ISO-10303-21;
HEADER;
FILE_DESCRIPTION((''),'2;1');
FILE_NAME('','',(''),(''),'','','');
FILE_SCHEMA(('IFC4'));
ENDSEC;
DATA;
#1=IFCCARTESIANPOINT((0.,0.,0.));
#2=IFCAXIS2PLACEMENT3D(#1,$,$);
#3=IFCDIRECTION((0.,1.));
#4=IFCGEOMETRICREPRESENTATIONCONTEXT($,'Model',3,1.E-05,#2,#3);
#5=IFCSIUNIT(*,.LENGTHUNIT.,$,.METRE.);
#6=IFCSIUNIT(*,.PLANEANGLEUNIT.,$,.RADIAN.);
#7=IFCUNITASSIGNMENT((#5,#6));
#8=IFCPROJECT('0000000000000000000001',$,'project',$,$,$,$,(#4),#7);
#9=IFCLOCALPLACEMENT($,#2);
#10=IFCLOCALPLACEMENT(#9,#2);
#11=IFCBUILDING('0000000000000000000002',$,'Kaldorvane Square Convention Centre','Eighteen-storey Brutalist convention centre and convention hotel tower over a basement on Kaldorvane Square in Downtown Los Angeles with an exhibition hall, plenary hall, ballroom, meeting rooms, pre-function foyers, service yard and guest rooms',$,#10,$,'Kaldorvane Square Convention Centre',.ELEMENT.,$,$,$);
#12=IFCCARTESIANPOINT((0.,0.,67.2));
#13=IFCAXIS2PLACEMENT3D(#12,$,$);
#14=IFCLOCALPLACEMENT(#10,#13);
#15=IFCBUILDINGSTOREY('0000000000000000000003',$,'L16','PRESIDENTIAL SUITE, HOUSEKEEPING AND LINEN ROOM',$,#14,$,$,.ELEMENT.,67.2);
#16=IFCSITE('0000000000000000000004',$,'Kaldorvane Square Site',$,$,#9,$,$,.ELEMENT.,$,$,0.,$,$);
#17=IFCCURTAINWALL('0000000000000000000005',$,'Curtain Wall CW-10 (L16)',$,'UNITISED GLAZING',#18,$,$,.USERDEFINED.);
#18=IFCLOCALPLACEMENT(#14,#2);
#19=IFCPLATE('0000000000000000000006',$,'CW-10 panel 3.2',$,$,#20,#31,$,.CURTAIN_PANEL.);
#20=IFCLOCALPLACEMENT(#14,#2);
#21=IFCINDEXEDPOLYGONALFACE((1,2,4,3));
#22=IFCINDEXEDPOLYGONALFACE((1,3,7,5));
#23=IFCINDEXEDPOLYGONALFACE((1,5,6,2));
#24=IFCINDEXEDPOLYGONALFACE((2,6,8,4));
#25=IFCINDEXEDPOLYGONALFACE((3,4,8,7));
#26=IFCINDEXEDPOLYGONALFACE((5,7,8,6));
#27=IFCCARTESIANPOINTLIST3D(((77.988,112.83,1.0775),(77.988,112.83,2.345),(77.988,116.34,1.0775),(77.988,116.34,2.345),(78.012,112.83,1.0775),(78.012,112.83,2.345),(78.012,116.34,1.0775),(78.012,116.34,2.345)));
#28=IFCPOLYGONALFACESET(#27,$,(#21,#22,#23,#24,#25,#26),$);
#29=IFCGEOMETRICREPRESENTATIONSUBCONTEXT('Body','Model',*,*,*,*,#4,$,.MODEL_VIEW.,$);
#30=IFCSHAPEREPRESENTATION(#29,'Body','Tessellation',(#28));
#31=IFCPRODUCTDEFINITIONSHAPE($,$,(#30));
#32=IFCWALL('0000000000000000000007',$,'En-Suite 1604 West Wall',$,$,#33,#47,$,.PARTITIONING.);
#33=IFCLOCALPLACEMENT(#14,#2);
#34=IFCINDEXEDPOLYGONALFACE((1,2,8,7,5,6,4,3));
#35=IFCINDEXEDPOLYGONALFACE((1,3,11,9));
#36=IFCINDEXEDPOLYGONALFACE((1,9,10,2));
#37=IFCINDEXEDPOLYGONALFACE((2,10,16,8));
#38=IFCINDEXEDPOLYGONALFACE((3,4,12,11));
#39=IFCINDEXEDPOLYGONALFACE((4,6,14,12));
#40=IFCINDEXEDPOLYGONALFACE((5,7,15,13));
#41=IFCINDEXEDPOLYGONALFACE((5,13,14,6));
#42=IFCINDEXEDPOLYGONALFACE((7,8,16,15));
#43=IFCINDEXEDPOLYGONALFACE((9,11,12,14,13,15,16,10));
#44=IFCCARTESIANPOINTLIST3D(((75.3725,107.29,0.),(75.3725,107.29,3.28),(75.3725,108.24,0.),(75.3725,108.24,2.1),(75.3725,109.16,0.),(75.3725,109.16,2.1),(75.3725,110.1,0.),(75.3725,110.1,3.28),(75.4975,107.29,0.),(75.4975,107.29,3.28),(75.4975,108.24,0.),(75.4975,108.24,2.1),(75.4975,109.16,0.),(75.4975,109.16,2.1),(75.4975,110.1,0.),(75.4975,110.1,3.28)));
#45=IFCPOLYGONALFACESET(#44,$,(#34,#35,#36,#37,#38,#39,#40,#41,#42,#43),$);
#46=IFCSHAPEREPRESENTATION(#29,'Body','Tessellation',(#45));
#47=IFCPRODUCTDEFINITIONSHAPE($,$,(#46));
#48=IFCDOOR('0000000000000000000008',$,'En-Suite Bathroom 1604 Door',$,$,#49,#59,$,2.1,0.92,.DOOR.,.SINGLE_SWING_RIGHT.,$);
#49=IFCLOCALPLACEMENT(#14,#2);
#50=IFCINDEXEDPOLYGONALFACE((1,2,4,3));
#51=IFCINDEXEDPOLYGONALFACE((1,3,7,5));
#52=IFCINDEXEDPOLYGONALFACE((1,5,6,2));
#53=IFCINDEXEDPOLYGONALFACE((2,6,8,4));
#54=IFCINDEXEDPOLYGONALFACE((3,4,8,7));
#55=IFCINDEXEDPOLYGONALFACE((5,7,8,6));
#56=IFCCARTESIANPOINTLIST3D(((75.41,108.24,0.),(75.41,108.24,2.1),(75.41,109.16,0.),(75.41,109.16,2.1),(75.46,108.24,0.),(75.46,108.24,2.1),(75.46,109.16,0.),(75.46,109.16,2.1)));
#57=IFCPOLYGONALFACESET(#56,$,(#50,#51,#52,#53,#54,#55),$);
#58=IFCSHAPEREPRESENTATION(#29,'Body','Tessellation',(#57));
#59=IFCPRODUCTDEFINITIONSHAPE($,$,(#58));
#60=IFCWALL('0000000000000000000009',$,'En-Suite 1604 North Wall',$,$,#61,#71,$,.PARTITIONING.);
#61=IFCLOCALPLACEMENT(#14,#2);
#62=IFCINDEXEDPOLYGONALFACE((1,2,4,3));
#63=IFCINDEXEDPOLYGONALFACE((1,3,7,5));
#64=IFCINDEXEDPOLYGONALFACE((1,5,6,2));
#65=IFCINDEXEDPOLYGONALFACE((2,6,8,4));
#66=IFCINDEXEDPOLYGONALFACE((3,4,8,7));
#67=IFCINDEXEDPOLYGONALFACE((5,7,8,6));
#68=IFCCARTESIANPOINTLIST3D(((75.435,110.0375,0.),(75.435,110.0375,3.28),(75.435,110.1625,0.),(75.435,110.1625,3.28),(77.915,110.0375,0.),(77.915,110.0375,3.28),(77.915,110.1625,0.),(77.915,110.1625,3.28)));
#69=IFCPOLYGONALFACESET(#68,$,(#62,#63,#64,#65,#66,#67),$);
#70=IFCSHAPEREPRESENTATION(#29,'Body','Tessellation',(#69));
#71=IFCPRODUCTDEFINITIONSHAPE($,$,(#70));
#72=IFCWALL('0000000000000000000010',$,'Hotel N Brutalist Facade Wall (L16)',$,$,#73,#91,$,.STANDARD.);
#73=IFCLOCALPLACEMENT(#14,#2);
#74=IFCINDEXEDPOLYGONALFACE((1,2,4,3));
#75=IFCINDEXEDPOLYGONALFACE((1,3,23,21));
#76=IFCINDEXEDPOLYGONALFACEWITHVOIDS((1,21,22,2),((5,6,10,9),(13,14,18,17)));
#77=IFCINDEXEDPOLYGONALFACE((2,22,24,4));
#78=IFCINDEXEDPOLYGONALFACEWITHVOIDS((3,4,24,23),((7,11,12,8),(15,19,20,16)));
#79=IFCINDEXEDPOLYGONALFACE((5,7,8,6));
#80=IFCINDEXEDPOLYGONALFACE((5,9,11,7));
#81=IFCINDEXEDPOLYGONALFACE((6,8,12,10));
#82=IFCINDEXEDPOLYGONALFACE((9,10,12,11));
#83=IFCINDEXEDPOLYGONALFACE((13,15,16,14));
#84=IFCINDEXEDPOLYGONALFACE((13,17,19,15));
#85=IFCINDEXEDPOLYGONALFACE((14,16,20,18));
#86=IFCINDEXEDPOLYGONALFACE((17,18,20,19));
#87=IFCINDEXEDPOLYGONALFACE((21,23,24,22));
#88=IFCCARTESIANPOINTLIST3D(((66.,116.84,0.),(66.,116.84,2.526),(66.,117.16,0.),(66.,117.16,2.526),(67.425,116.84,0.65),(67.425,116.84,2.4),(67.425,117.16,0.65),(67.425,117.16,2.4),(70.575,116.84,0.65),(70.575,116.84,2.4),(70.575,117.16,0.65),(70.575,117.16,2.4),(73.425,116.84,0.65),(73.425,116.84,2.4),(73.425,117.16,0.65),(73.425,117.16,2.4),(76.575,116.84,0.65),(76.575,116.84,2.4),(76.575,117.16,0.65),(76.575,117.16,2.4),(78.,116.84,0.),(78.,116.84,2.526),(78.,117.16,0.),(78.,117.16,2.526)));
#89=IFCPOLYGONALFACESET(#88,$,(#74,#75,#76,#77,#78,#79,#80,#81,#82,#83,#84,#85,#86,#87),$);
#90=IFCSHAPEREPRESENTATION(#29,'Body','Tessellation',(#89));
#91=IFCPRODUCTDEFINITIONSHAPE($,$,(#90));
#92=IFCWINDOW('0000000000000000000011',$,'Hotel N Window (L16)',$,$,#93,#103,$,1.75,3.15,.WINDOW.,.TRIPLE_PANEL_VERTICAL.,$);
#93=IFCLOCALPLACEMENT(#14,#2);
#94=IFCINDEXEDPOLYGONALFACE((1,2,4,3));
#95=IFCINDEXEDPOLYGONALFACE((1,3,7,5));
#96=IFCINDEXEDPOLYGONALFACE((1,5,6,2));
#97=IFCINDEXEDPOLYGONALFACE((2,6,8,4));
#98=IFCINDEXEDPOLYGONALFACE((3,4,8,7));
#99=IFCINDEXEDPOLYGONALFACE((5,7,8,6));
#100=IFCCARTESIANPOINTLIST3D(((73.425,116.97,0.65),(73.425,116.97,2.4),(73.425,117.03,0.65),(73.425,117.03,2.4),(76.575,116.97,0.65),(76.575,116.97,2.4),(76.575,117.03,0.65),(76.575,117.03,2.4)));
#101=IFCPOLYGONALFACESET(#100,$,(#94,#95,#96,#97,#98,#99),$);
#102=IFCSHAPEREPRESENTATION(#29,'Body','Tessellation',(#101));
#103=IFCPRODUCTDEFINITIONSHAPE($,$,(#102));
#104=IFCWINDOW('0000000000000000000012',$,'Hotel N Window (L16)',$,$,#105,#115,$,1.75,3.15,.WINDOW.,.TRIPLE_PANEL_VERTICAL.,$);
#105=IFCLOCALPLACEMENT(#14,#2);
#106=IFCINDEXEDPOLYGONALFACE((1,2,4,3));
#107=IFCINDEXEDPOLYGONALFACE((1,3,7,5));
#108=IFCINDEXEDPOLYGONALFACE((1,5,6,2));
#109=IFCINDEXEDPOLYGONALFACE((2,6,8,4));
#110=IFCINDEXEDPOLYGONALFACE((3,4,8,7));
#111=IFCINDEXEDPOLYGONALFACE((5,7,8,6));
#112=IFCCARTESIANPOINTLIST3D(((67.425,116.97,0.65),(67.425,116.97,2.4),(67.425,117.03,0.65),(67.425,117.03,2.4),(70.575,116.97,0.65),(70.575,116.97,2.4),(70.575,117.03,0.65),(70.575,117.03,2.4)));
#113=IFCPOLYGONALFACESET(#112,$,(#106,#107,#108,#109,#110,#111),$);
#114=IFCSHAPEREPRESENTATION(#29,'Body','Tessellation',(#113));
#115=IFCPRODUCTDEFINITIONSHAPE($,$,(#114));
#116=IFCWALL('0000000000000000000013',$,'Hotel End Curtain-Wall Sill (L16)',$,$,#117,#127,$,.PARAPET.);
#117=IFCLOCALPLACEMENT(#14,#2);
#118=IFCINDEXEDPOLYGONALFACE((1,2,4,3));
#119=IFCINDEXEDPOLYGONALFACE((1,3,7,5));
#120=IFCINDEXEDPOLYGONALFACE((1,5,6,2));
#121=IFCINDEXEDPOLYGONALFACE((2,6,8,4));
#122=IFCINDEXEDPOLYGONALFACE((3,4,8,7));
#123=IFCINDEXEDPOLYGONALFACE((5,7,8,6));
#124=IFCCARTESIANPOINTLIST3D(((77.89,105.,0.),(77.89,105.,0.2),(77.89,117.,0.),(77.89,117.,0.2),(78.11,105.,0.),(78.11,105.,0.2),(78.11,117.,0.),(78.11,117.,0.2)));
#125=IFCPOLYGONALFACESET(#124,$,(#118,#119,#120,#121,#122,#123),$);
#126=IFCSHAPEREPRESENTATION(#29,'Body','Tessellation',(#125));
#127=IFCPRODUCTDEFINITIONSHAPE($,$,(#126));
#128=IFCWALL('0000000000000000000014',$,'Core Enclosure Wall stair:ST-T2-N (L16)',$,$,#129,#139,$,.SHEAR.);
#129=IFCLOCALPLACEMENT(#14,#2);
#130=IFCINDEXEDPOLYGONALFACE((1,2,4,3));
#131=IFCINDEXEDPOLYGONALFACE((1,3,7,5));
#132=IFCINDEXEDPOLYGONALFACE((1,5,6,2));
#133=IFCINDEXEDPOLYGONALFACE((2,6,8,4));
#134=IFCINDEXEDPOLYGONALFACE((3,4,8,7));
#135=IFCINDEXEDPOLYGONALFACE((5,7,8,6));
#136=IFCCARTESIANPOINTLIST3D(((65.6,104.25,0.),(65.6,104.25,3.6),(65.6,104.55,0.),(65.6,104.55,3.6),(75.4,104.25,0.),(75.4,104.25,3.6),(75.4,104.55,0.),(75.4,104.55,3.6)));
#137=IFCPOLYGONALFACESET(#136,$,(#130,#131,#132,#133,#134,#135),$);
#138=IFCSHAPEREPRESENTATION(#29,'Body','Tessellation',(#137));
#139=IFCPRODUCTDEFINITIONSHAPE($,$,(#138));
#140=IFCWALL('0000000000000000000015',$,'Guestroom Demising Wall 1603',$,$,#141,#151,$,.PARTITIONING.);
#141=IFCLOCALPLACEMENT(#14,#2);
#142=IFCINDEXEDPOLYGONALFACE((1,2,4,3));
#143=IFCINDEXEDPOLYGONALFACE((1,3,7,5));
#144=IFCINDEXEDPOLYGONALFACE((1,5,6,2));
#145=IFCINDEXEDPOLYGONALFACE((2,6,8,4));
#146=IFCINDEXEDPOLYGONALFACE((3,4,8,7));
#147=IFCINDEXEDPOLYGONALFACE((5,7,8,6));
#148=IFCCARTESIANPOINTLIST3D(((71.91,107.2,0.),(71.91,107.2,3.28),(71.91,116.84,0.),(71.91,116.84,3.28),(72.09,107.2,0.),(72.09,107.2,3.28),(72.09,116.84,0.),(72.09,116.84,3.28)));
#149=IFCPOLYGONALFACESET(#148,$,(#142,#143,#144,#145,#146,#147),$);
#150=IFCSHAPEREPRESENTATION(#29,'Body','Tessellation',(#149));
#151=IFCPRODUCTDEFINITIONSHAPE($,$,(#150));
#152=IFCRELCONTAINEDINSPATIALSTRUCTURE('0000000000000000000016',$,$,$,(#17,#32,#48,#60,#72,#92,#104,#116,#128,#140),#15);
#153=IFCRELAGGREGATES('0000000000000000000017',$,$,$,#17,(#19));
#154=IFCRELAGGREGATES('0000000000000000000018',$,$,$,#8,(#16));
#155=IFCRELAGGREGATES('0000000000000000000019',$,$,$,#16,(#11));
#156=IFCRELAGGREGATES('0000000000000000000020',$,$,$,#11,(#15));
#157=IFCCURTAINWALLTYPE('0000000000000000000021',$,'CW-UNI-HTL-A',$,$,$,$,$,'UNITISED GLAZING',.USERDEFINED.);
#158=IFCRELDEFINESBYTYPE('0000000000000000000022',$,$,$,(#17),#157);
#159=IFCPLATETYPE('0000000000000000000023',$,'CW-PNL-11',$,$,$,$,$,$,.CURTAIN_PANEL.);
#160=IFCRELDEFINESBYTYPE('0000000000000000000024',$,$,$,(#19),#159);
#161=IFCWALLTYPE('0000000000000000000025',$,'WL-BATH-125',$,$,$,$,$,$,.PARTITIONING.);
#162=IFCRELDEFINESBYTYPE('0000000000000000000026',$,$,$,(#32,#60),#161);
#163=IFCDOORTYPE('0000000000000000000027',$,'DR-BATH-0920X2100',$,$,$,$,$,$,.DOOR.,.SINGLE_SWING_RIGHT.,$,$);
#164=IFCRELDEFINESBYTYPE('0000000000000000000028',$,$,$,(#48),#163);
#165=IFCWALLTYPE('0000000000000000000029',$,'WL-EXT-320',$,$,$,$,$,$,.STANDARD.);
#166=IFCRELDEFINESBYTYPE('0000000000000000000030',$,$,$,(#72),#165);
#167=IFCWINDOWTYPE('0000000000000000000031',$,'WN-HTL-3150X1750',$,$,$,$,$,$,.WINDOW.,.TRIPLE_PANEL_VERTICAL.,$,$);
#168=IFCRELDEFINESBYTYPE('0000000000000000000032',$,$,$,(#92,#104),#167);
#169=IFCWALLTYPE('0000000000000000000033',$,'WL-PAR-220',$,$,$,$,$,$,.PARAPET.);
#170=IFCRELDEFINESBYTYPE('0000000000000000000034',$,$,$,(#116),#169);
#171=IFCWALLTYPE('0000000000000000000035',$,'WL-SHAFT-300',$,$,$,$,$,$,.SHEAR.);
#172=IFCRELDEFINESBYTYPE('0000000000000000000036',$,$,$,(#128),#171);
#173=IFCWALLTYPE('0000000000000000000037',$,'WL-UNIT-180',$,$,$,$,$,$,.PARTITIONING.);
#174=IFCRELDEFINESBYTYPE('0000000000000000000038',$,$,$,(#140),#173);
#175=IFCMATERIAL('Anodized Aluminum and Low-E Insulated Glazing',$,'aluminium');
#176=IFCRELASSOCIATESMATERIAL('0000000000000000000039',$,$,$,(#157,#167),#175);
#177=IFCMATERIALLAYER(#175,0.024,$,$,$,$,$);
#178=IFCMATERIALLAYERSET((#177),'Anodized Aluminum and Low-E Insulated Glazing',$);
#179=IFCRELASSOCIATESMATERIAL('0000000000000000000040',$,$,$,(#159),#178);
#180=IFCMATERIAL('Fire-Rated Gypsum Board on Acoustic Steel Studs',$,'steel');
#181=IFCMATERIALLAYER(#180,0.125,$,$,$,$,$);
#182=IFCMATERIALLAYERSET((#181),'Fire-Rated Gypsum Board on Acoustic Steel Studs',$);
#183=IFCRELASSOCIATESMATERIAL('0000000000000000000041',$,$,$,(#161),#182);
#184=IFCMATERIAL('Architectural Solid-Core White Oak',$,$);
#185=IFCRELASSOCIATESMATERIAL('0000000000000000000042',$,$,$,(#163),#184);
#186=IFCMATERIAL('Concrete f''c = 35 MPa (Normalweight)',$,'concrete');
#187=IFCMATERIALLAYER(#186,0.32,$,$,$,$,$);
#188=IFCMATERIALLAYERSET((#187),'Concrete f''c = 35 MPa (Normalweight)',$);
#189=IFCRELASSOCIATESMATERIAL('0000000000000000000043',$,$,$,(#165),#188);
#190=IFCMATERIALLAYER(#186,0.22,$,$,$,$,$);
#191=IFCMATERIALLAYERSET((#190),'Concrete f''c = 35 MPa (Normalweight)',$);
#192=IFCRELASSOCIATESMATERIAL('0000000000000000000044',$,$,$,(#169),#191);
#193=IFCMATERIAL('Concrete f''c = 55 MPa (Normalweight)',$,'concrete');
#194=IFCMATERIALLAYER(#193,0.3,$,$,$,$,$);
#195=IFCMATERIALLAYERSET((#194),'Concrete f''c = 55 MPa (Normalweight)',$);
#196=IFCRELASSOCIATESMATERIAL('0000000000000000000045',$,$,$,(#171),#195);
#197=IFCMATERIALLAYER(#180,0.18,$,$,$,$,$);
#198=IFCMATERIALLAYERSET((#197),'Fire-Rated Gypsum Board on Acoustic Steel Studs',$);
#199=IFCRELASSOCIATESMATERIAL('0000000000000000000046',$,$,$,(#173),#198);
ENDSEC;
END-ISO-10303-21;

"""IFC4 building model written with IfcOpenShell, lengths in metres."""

from ifc_helpers import new_model, si_unit, direction, frame, frame_2d, origin, origin_2d, place, context, subcontext, project, spatial, rectangle, extrude, material, layer, layer_set, type_object, element, fill, aggregate, save


model = new_model("IFC4")

# Units and contexts
model_context = context("Model", 3, precision=1e-05, world=origin(), true_north=direction((0.0, 1.0)))
body_context = subcontext(model_context, "Body", "Model", "MODEL_VIEW")
ifc_project = project(units=[si_unit("LENGTHUNIT", "METRE"), si_unit("PLANEANGLEUNIT", "RADIAN")], contexts=[model_context])

# Site, building, storey
site_placement = place(None, origin())
site = spatial("IfcSite", under=ifc_project, at=site_placement, Name="Kaldorvane Square Site", CompositionType="ELEMENT", RefElevation=0.0)
building_placement = place(site_placement, origin())
building = spatial("IfcBuilding", under=site, at=building_placement, Name="Kaldorvane Square Convention Centre", Description="Eighteen-storey Brutalist convention centre and convention hotel tower over a basement on Kaldorvane Square in Downtown Los Angeles with an exhibition hall, plenary hall, ballroom, meeting rooms, pre-function foyers, service yard and guest rooms", LongName="Kaldorvane Square Convention Centre", CompositionType="ELEMENT")
storey_placement = place(building_placement, frame((0.0, 0.0, 67.2)))
storey = spatial("IfcBuildingStorey", under=building, at=storey_placement, Name="L16", Description="PRESIDENTIAL SUITE, HOUSEKEEPING AND LINEN ROOM", CompositionType="ELEMENT", Elevation=67.2)

# Curtain wall, plate
ifc_material_1 = material(Name="Anodized Aluminum and Low-E Insulated Glazing", Category="aluminium")
curtain_wall_type = type_object("IfcCurtainWallType", Name="CW-UNI-HTL-A", ElementType="UNITISED GLAZING", PredefinedType="USERDEFINED", material=ifc_material_1)
curtain_wall_placement = place(storey_placement, origin())
curtain_wall = element("IfcCurtainWall", 1, at=curtain_wall_placement, inside=storey, type_object=curtain_wall_type, Name="Curtain Wall CW-10 (L16)", ObjectType="UNITISED GLAZING", PredefinedType="USERDEFINED")
ifc_layer_1 = layer(ifc_material_1, 0.024)
ifc_layer_set_1 = layer_set([ifc_layer_1], Name="Anodized Aluminum and Low-E Insulated Glazing")
plate_type = type_object("IfcPlateType", Name="CW-PNL-11", PredefinedType="CURTAIN_PANEL", material=ifc_layer_set_1)
plate_1_placement = place(storey_placement, frame((78.0, 114.585, 1.0775), z_axis=(0.0, 0.0, 1.0), x_axis=(0.0, 1.0, 0.0)))
plate_1 = element("IfcPlate", 2, at=plate_1_placement, type_object=plate_type, Name="CW-10 panel 3.2", PredefinedType="CURTAIN_PANEL", context=body_context, shape_type="SweptSolid", body=[
    extrude(rectangle(XDim=3.51, YDim=0.024, at=origin_2d()), origin(), (0.0, 0.0, 1.0), 1.2675),
])
aggregate(curtain_wall, [plate_1])

# Wall, opening, door
ifc_material_2 = material(Name="Fire-Rated Gypsum Board on Acoustic Steel Studs", Category="steel")
ifc_layer_2 = layer(ifc_material_2, 0.125)
ifc_layer_set_2 = layer_set([ifc_layer_2], Name="Fire-Rated Gypsum Board on Acoustic Steel Studs")
wall_type_1 = type_object("IfcWallType", Name="WL-BATH-125", PredefinedType="PARTITIONING", material=ifc_layer_set_2)
wall_1_placement = place(storey_placement, frame((75.435, 107.29, 0.0), z_axis=(0.0, 0.0, 1.0), x_axis=(0.0, 1.0, 0.0)))
wall_1 = element("IfcWall", 3, at=wall_1_placement, inside=storey, type_object=wall_type_1, Name="En-Suite 1604 West Wall", PredefinedType="PARTITIONING", context=body_context, shape_type="SweptSolid", body=[
    extrude(rectangle(XDim=2.81, YDim=0.125, at=frame_2d((1.405, 0.0))), origin(), (0.0, 0.0, 1.0), 3.28),
])
opening_1_placement = place(wall_1_placement, frame((0.95, 0.0, 0.0)))
opening_1 = element("IfcOpeningElement", 4, at=opening_1_placement, cuts=wall_1, PredefinedType="OPENING", context=body_context, shape_type="SweptSolid", body=[
    extrude(rectangle(XDim=0.92, YDim=2.1, at=frame_2d((0.46, 1.05))), frame((0.0, 0.0775, 0.0), z_axis=(0.0, -1.0, 0.0), x_axis=(1.0, 0.0, 0.0)), (0.0, 0.0, 1.0), 0.155),
])
ifc_material_3 = material(Name="Architectural Solid-Core White Oak")
door_type_1 = type_object("IfcDoorType", Name="DR-BATH-0920X2100", OperationType="SINGLE_SWING_RIGHT", PredefinedType="DOOR", material=ifc_material_3)
door_1_placement = place(opening_1_placement, origin())
door_1 = element("IfcDoor", 5, at=door_1_placement, inside=storey, type_object=door_type_1, Name="En-Suite Bathroom 1604 Door", OperationType="SINGLE_SWING_RIGHT", OverallHeight=2.1, OverallWidth=0.92, PredefinedType="DOOR", context=body_context, shape_type="SweptSolid", body=[
    extrude(rectangle(XDim=0.92, YDim=2.1, at=frame_2d((0.46, 1.05))), frame((0.0, 0.025, 0.0), z_axis=(0.0, -1.0, 0.0), x_axis=(1.0, 0.0, 0.0)), (0.0, 0.0, 1.0), 0.05),
])
fill(opening_1, door_1)

# Wall
wall_2_placement = place(storey_placement, frame((75.435, 110.1, 0.0), z_axis=(0.0, 0.0, 1.0), x_axis=(1.0, 0.0, 0.0)))
element("IfcWall", 6, at=wall_2_placement, inside=storey, type_object=wall_type_1, Name="En-Suite 1604 North Wall", PredefinedType="PARTITIONING", context=body_context, shape_type="SweptSolid", body=[
    extrude(rectangle(XDim=2.48, YDim=0.125, at=frame_2d((1.24, 0.0))), origin(), (0.0, 0.0, 1.0), 3.28),
])

# Wall, openings, windows
ifc_material_4 = material(Name="Concrete f'c = 35 MPa (Normalweight)", Category="concrete")
ifc_layer_3 = layer(ifc_material_4, 0.32)
ifc_layer_set_3 = layer_set([ifc_layer_3], Name="Concrete f'c = 35 MPa (Normalweight)")
wall_type_2 = type_object("IfcWallType", Name="WL-EXT-320", PredefinedType="STANDARD", material=ifc_layer_set_3)
wall_3_placement = place(storey_placement, frame((78.0, 117.0, 0.0), z_axis=(0.0, 0.0, 1.0), x_axis=(-1.0, 0.0, 0.0)))
wall_3 = element("IfcWall", 7, at=wall_3_placement, inside=storey, type_object=wall_type_2, Name="Hotel N Brutalist Facade Wall (L16)", PredefinedType="STANDARD", context=body_context, shape_type="SweptSolid", body=[
    extrude(rectangle(XDim=12.0, YDim=0.32, at=frame_2d((6.0, 0.0))), origin(), (0.0, 0.0, 1.0), 2.526),
])
opening_2_placement = place(wall_3_placement, frame((1.425, 0.0, 0.65)))
opening_2 = element("IfcOpeningElement", 8, at=opening_2_placement, cuts=wall_3, PredefinedType="OPENING", context=body_context, shape_type="SweptSolid", body=[
    extrude(rectangle(XDim=3.15, YDim=1.75, at=frame_2d((1.575, 0.875))), frame((0.0, 0.175, 0.0), z_axis=(0.0, -1.0, 0.0), x_axis=(1.0, 0.0, 0.0)), (0.0, 0.0, 1.0), 0.35),
])
opening_3_placement = place(wall_3_placement, frame((7.425, 0.0, 0.65)))
opening_3 = element("IfcOpeningElement", 9, at=opening_3_placement, cuts=wall_3, PredefinedType="OPENING", context=body_context, shape_type="SweptSolid", body=[
    extrude(rectangle(XDim=3.15, YDim=1.75, at=frame_2d((1.575, 0.875))), frame((0.0, 0.175, 0.0), z_axis=(0.0, -1.0, 0.0), x_axis=(1.0, 0.0, 0.0)), (0.0, 0.0, 1.0), 0.35),
])
window_type = type_object("IfcWindowType", Name="WN-HTL-3150X1750", PartitioningType="TRIPLE_PANEL_VERTICAL", PredefinedType="WINDOW", material=ifc_material_1)
window_1_placement = place(opening_2_placement, origin())
window_1 = element("IfcWindow", 10, at=window_1_placement, inside=storey, type_object=window_type, Name="Hotel N Window (L16)", OverallHeight=1.75, OverallWidth=3.15, PartitioningType="TRIPLE_PANEL_VERTICAL", PredefinedType="WINDOW", context=body_context, shape_type="SweptSolid", body=[
    extrude(rectangle(XDim=3.15, YDim=1.75, at=frame_2d((1.575, 0.875))), frame((0.0, 0.03, 0.0), z_axis=(0.0, -1.0, 0.0), x_axis=(1.0, 0.0, 0.0)), (0.0, 0.0, 1.0), 0.06),
])
fill(opening_2, window_1)
window_2_placement = place(opening_3_placement, origin())
window_2 = element("IfcWindow", 11, at=window_2_placement, inside=storey, type_object=window_type, Name="Hotel N Window (L16)", OverallHeight=1.75, OverallWidth=3.15, PartitioningType="TRIPLE_PANEL_VERTICAL", PredefinedType="WINDOW", context=body_context, shape_type="SweptSolid", body=[
    extrude(rectangle(XDim=3.15, YDim=1.75, at=frame_2d((1.575, 0.875))), frame((0.0, 0.03, 0.0), z_axis=(0.0, -1.0, 0.0), x_axis=(1.0, 0.0, 0.0)), (0.0, 0.0, 1.0), 0.06),
])
fill(opening_3, window_2)

# Walls
ifc_layer_4 = layer(ifc_material_4, 0.22)
ifc_layer_set_4 = layer_set([ifc_layer_4], Name="Concrete f'c = 35 MPa (Normalweight)")
wall_type_3 = type_object("IfcWallType", Name="WL-PAR-220", PredefinedType="PARAPET", material=ifc_layer_set_4)
wall_4_placement = place(storey_placement, frame((78.0, 105.0, 0.0), z_axis=(0.0, 0.0, 1.0), x_axis=(0.0, 1.0, 0.0)))
element("IfcWall", 12, at=wall_4_placement, inside=storey, type_object=wall_type_3, Name="Hotel End Curtain-Wall Sill (L16)", PredefinedType="PARAPET", context=body_context, shape_type="SweptSolid", body=[
    extrude(rectangle(XDim=12.0, YDim=0.22, at=frame_2d((6.0, 0.0))), origin(), (0.0, 0.0, 1.0), 0.2),
])
ifc_material_5 = material(Name="Concrete f'c = 55 MPa (Normalweight)", Category="concrete")
ifc_layer_5 = layer(ifc_material_5, 0.3)
ifc_layer_set_5 = layer_set([ifc_layer_5], Name="Concrete f'c = 55 MPa (Normalweight)")
wall_type_4 = type_object("IfcWallType", Name="WL-SHAFT-300", PredefinedType="SHEAR", material=ifc_layer_set_5)
wall_5_placement = place(storey_placement, frame((75.4, 104.4, 0.0), z_axis=(0.0, 0.0, 1.0), x_axis=(-1.0, 0.0, 0.0)))
element("IfcWall", 13, at=wall_5_placement, inside=storey, type_object=wall_type_4, Name="Core Enclosure Wall stair:ST-T2-N (L16)", PredefinedType="SHEAR", context=body_context, shape_type="SweptSolid", body=[
    extrude(rectangle(XDim=9.8, YDim=0.3, at=frame_2d((4.9, 0.0))), origin(), (0.0, 0.0, 1.0), 3.6),
])
ifc_layer_6 = layer(ifc_material_2, 0.18)
ifc_layer_set_6 = layer_set([ifc_layer_6], Name="Fire-Rated Gypsum Board on Acoustic Steel Studs")
wall_type_5 = type_object("IfcWallType", Name="WL-UNIT-180", PredefinedType="PARTITIONING", material=ifc_layer_set_6)
wall_6_placement = place(storey_placement, frame((72.0, 107.2, 0.0), z_axis=(0.0, 0.0, 1.0), x_axis=(0.0, 1.0, 0.0)))
element("IfcWall", 14, at=wall_6_placement, inside=storey, type_object=wall_type_5, Name="Guestroom Demising Wall 1603", PredefinedType="PARTITIONING", context=body_context, shape_type="SweptSolid", body=[
    extrude(rectangle(XDim=9.64, YDim=0.18, at=frame_2d((4.82, 0.0))), origin(), (0.0, 0.0, 1.0), 3.28),
])

save(model, "model.ifc")
